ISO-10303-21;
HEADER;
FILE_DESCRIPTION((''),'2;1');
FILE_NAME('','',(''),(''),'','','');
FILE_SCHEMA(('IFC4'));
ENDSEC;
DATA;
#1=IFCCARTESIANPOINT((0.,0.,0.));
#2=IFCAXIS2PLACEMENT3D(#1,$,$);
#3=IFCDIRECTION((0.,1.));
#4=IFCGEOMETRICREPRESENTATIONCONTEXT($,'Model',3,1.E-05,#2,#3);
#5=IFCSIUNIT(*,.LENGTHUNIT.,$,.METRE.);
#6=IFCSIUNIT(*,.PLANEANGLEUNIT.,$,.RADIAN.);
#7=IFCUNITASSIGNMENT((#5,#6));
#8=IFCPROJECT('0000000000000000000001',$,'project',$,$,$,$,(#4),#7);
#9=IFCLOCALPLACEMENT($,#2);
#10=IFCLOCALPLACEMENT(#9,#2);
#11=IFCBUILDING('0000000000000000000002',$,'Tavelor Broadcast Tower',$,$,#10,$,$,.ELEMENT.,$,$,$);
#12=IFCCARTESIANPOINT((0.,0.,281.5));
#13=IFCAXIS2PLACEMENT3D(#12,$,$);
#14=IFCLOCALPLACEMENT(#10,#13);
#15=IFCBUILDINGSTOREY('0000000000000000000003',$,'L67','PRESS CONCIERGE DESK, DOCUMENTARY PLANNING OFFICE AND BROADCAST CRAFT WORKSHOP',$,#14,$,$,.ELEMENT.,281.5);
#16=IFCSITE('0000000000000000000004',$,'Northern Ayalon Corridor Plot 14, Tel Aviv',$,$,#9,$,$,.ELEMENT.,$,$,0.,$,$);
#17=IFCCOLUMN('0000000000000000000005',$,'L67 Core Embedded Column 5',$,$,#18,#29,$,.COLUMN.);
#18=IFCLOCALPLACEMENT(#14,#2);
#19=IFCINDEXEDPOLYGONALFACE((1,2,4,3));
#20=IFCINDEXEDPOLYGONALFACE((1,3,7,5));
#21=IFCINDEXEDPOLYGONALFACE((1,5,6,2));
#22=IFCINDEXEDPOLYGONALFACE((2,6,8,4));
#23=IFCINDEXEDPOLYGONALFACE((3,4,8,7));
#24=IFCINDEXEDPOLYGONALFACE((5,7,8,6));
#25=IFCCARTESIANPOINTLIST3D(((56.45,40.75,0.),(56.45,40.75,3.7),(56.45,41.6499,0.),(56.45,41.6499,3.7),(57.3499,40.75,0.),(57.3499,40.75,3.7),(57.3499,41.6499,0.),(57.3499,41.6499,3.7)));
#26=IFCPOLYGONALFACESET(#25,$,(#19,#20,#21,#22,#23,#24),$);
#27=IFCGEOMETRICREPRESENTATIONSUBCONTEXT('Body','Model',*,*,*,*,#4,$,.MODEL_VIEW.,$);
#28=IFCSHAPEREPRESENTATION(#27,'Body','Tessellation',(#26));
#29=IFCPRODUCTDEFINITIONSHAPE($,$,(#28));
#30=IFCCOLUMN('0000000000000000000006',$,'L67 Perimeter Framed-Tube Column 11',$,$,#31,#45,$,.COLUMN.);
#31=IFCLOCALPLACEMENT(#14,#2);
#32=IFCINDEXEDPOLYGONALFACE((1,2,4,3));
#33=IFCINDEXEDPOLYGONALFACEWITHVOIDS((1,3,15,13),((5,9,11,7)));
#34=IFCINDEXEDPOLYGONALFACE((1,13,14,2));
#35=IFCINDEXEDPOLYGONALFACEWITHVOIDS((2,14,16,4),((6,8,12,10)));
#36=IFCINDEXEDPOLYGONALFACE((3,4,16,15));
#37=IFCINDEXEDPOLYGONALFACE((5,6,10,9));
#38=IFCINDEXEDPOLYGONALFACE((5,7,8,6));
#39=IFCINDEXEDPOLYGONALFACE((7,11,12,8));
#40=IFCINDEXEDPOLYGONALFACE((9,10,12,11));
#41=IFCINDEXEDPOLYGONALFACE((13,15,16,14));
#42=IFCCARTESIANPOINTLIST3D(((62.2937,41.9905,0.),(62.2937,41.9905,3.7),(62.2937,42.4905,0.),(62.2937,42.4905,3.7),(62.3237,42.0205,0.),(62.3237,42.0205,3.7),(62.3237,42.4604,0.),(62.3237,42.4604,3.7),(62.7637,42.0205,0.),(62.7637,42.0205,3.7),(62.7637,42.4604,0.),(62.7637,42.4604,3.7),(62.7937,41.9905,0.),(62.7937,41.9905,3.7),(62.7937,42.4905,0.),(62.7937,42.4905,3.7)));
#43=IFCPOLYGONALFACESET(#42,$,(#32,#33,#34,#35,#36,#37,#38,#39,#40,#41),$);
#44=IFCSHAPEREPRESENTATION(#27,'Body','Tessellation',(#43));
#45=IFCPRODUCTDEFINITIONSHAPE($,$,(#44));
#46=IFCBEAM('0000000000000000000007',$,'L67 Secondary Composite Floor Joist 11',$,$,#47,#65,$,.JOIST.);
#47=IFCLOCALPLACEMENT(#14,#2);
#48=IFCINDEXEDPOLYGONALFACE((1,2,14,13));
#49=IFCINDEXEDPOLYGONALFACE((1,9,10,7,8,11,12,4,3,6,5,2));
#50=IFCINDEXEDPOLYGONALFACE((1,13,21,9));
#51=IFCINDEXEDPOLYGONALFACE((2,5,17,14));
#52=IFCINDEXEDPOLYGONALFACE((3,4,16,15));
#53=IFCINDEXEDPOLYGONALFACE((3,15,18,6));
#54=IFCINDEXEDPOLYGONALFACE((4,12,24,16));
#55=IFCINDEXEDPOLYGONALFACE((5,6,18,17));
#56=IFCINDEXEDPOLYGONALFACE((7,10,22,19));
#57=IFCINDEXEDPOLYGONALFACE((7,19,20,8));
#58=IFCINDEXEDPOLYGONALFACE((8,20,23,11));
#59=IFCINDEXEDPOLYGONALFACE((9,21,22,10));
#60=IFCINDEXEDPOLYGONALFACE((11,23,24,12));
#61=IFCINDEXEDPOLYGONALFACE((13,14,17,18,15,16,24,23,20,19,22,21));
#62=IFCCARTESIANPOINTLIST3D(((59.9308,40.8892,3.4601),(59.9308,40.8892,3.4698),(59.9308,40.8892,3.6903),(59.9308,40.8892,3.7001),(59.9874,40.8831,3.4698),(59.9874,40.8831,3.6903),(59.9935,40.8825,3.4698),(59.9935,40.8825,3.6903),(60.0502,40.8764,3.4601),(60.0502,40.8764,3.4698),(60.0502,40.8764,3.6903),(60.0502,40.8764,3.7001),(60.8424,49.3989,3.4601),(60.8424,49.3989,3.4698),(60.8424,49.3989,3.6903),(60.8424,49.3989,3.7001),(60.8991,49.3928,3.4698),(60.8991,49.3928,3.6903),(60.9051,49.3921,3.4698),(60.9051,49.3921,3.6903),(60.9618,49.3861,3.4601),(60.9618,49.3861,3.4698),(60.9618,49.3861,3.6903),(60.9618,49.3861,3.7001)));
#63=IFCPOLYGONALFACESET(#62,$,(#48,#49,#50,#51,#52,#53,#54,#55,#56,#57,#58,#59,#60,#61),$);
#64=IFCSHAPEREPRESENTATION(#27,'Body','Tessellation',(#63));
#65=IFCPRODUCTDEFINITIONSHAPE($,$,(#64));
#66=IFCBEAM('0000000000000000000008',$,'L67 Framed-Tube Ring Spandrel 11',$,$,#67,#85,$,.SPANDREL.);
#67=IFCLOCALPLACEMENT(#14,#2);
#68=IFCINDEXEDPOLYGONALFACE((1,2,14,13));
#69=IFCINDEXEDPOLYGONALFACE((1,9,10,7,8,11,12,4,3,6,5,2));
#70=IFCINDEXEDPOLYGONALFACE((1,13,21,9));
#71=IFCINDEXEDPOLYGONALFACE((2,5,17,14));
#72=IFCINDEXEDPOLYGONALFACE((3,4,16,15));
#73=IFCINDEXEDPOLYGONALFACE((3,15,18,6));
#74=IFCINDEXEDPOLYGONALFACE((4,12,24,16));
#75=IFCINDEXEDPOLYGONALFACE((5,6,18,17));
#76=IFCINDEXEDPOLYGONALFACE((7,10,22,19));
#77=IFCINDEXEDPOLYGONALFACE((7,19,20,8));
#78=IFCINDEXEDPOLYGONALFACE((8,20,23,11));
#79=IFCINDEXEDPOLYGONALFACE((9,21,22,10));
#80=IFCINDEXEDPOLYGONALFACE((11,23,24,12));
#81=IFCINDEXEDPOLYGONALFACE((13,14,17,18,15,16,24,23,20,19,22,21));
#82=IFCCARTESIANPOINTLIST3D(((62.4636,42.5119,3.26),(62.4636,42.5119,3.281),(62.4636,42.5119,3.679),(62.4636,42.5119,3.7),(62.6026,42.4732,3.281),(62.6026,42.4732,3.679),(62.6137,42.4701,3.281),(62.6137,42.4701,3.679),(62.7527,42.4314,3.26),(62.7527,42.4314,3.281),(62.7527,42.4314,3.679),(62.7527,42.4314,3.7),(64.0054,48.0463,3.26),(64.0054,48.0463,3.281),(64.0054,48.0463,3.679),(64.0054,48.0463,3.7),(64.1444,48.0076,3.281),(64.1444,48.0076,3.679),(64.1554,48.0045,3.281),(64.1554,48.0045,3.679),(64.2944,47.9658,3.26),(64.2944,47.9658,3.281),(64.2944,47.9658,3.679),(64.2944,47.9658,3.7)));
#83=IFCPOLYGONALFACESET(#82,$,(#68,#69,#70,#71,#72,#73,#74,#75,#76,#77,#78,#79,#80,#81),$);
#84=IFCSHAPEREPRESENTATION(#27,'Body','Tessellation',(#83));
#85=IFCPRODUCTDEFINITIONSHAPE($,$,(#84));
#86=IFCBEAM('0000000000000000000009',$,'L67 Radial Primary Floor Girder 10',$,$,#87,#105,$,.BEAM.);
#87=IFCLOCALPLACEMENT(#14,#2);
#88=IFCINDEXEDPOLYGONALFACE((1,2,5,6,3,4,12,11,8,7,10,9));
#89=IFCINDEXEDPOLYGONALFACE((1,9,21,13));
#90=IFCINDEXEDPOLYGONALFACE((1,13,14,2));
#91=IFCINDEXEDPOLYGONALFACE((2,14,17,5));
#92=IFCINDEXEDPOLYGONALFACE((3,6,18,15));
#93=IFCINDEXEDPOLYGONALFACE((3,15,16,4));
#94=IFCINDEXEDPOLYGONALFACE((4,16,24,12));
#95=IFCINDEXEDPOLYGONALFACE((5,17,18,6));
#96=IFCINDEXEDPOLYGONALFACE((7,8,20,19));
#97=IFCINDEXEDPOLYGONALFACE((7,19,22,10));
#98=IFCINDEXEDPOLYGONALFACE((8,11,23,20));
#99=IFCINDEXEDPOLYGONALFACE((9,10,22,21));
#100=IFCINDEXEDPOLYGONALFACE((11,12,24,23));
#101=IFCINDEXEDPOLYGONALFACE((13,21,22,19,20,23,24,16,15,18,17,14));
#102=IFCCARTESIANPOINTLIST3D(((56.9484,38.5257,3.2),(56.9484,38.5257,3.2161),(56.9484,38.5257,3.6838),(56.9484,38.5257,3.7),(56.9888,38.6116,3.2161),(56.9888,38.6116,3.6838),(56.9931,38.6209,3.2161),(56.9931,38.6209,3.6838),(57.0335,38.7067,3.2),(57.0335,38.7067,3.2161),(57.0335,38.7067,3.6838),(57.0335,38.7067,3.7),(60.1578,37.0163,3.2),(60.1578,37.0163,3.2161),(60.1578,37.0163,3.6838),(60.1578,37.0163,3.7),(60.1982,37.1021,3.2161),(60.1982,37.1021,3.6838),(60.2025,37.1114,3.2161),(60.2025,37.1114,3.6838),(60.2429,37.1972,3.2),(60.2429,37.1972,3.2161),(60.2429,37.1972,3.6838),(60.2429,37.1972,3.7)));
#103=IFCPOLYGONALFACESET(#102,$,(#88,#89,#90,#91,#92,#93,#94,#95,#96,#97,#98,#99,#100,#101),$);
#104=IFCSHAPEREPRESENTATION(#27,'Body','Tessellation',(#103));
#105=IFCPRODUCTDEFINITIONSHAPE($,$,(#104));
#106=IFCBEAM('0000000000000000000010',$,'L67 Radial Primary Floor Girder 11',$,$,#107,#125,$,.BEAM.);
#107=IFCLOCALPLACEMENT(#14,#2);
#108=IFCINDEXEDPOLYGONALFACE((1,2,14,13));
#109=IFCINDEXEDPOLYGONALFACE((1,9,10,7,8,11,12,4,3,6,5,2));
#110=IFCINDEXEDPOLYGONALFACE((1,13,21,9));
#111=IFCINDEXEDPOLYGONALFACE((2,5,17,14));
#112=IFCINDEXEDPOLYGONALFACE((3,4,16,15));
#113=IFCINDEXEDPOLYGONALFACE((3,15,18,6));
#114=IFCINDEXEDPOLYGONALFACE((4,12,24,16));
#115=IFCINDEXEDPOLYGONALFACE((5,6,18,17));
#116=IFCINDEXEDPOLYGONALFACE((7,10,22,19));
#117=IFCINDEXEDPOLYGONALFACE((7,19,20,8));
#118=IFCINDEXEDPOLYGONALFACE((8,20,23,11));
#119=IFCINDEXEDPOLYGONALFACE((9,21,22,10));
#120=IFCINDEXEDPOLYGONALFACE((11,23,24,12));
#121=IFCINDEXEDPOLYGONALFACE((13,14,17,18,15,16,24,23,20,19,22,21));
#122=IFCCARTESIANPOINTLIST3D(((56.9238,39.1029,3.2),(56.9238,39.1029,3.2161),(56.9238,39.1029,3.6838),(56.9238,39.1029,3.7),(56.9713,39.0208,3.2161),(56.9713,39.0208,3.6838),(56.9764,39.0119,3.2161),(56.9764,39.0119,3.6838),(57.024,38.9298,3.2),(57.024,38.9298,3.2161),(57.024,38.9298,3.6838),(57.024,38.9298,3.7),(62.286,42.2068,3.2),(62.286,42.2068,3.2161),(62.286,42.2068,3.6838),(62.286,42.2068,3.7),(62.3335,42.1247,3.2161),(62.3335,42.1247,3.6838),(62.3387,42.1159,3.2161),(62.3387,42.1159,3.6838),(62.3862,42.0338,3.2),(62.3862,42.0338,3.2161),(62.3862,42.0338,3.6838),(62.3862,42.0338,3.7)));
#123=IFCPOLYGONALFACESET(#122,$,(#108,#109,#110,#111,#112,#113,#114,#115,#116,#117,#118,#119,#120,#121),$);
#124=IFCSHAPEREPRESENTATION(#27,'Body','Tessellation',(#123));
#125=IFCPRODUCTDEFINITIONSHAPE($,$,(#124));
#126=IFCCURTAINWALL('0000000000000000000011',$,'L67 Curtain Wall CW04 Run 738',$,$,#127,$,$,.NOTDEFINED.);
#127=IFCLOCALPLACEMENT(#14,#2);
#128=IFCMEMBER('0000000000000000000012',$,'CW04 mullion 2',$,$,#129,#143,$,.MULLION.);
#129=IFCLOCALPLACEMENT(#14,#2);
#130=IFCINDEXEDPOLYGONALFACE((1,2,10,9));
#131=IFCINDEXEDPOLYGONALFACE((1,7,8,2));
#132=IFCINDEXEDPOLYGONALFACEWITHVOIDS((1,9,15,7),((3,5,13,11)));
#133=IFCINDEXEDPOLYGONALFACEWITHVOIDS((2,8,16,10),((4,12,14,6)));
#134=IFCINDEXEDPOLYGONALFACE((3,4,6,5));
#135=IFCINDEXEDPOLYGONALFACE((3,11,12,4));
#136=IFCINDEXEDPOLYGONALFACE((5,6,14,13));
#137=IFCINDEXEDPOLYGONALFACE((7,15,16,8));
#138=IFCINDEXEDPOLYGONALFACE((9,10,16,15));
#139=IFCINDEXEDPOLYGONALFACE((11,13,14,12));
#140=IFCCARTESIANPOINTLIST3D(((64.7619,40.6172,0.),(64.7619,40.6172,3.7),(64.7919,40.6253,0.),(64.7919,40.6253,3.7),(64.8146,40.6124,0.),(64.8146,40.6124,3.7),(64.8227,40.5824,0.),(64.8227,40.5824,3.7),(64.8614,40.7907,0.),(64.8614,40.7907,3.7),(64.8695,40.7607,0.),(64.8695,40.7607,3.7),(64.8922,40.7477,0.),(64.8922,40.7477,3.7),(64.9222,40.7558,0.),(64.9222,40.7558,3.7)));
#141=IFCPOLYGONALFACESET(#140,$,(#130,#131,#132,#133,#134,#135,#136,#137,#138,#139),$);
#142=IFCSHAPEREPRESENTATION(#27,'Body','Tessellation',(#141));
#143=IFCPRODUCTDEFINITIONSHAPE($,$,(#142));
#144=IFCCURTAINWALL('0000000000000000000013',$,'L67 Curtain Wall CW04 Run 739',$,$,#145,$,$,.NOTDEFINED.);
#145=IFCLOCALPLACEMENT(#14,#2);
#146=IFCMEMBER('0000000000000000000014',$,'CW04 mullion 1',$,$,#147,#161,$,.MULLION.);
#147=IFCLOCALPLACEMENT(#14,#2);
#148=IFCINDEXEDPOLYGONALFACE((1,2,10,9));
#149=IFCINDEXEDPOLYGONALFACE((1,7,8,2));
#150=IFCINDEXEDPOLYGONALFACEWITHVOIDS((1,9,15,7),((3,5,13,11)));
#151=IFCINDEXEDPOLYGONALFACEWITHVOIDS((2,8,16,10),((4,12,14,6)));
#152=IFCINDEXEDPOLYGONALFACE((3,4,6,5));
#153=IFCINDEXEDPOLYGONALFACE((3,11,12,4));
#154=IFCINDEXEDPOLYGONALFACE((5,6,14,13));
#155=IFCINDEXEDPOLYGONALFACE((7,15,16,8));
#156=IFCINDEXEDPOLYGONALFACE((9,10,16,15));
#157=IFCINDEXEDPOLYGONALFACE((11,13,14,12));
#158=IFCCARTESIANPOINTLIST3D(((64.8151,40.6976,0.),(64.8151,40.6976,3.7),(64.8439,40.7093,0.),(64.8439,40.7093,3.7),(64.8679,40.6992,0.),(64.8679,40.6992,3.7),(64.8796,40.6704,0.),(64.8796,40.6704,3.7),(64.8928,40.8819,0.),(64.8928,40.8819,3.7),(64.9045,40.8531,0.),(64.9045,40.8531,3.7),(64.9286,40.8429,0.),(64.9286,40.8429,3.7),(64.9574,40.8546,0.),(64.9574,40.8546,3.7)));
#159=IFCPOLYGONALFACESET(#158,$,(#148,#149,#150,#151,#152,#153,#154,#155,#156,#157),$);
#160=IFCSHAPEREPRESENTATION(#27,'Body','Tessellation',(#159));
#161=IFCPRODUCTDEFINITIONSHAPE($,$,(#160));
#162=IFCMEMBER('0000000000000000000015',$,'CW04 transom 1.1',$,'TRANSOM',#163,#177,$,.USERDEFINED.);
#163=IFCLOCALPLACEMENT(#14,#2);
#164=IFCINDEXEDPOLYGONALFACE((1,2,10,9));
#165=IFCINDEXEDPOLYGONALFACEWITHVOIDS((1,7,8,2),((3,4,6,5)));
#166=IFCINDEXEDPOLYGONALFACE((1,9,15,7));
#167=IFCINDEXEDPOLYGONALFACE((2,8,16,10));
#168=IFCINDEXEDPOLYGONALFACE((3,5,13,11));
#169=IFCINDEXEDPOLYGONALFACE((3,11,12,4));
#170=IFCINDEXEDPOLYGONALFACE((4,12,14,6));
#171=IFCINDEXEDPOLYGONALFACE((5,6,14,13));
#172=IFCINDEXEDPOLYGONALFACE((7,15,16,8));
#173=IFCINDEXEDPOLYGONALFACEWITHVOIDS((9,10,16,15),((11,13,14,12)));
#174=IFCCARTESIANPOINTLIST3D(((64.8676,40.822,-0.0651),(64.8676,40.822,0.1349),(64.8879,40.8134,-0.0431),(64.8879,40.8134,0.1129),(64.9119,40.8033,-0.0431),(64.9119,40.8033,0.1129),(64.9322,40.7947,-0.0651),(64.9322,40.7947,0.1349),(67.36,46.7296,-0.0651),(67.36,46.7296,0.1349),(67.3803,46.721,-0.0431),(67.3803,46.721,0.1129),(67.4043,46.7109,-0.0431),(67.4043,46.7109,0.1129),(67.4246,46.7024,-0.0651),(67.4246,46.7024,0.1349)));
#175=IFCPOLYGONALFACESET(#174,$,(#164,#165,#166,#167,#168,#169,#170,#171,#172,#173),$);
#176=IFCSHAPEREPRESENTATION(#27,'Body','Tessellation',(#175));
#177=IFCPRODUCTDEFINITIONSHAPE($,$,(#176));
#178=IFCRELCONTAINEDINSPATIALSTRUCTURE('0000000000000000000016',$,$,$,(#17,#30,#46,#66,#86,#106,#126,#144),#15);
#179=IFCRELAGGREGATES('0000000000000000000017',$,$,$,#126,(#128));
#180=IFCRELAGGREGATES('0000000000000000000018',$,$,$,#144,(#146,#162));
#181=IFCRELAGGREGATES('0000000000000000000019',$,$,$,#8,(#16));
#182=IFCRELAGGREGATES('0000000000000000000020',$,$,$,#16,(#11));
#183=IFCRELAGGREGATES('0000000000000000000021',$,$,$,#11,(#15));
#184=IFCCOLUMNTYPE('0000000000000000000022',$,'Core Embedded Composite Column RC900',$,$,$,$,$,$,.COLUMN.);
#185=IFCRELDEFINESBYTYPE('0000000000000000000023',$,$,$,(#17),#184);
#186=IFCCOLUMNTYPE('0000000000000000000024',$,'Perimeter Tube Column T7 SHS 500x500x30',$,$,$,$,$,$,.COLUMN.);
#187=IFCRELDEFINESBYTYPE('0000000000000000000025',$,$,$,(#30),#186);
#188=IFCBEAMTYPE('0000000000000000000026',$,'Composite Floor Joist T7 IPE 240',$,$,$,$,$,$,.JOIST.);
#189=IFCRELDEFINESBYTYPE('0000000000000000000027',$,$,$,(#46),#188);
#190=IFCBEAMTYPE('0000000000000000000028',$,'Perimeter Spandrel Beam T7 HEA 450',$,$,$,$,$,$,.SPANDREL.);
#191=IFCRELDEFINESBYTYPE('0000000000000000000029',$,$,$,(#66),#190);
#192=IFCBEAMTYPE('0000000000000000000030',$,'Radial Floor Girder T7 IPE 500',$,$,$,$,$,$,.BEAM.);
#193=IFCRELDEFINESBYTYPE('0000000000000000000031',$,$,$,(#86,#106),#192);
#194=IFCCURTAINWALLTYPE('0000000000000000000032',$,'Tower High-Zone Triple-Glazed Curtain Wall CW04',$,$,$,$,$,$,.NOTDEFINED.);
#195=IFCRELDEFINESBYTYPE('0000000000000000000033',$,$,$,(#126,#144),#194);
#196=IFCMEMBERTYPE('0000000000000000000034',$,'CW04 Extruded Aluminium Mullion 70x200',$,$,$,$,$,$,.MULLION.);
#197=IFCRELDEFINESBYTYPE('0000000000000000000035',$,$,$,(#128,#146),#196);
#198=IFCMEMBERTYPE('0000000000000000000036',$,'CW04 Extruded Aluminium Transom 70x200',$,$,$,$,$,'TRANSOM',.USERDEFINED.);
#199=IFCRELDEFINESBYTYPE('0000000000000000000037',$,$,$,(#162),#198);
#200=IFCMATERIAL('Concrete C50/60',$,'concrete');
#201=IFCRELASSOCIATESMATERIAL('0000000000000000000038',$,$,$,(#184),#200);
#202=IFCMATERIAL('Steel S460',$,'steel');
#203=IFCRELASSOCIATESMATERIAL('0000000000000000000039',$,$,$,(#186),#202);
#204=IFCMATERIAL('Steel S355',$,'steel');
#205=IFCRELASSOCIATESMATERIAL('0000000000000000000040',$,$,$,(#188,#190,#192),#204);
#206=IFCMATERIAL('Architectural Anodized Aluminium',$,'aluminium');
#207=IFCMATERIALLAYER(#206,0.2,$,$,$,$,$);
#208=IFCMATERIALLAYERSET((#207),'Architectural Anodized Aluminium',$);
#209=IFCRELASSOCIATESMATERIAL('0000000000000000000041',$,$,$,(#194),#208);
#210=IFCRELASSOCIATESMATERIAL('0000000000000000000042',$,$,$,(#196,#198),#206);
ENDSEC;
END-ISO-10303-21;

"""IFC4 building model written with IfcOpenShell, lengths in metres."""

from ifc_helpers import new_model, si_unit, direction, frame, origin, origin_2d, place, context, subcontext, project, spatial, rectangle, hollow_rectangle, i_section, extrude, source, transform, mapped, material, layer, layer_set, material_profile, profile_set, type_object, type_shapes, element, aggregate, save


model = new_model("IFC4")

# Units and contexts
model_context = context("Model", 3, precision=1e-05, world=origin(), true_north=direction((0.0, 1.0)))
body_context = subcontext(model_context, "Body", "Model", "MODEL_VIEW")
ifc_project = project(units=[si_unit("LENGTHUNIT", "METRE"), si_unit("PLANEANGLEUNIT", "RADIAN")], contexts=[model_context])

# Site, building, storey
site_placement = place(None, origin())
site = spatial("IfcSite", under=ifc_project, at=site_placement, Name="Northern Ayalon Corridor Plot 14, Tel Aviv", CompositionType="ELEMENT", RefElevation=0.0)
building_placement = place(site_placement, origin())
building = spatial("IfcBuilding", under=site, at=building_placement, Name="Tavelor Broadcast Tower", CompositionType="ELEMENT")
storey_placement = place(building_placement, frame((0.0, 0.0, 281.5)))
storey = spatial("IfcBuildingStorey", under=building, at=storey_placement, Name="L67", Description="PRESS CONCIERGE DESK, DOCUMENTARY PLANNING OFFICE AND BROADCAST CRAFT WORKSHOP", CompositionType="ELEMENT", Elevation=281.5)

# Columns
ifc_material_1 = material(Name="Concrete C50/60", Category="concrete")
ifc_material_profile_1 = material_profile(ifc_material_1, rectangle(XDim=0.8999, YDim=0.8999, at=origin_2d()), Name="RC 900x900")
ifc_profile_set_1 = profile_set([ifc_material_profile_1], Name="Concrete C50/60")
column_type_1 = type_object("IfcColumnType", Name="Core Embedded Composite Column RC900", PredefinedType="COLUMN", material=ifc_profile_set_1)
column_1_placement = place(storey_placement, frame((56.8999, 41.2, 0.0), z_axis=(0.0, 0.0, 1.0), x_axis=(1.0, 0.0, 0.0)))
element("IfcColumn", 1, at=column_1_placement, inside=storey, type_object=column_type_1, Name="L67 Core Embedded Column 5", PredefinedType="COLUMN", context=body_context, shape_type="SweptSolid", body=[
    extrude(rectangle(XDim=0.8999, YDim=0.8999, at=origin_2d()), origin(), (0.0, 0.0, 1.0), 3.7),
])
ifc_material_2 = material(Name="Steel S460", Category="steel")
ifc_material_profile_2 = material_profile(ifc_material_2, hollow_rectangle(XDim=0.5, YDim=0.5, WallThickness=0.03, at=origin_2d()), Name="SHS 500x500x30")
ifc_profile_set_2 = profile_set([ifc_material_profile_2], Name="Steel S460")
column_type_2 = type_object("IfcColumnType", Name="Perimeter Tube Column T7 SHS 500x500x30", PredefinedType="COLUMN", material=ifc_profile_set_2)
column_2_placement = place(storey_placement, frame((62.5437, 42.2405, 0.0), z_axis=(0.0, 0.0, 1.0), x_axis=(1.0, 0.0, 0.0)))
element("IfcColumn", 2, at=column_2_placement, inside=storey, type_object=column_type_2, Name="L67 Perimeter Framed-Tube Column 11", PredefinedType="COLUMN", context=body_context, shape_type="SweptSolid", body=[
    extrude(hollow_rectangle(XDim=0.5, YDim=0.5, WallThickness=0.03, at=origin_2d()), origin(), (0.0, 0.0, 1.0), 3.7),
])

# Beams
ifc_material_3 = material(Name="Steel S355", Category="steel")
ifc_material_profile_3 = material_profile(ifc_material_3, i_section(OverallWidth=0.1201, OverallDepth=0.24, WebThickness=0.0061, FlangeThickness=0.0098, at=origin_2d()), Name="IPE 240")
ifc_profile_set_3 = profile_set([ifc_material_profile_3], Name="Steel S355")
beam_type_1 = type_object("IfcBeamType", Name="Composite Floor Joist T7 IPE 240", PredefinedType="JOIST", material=ifc_profile_set_3)
beam_1_placement = place(storey_placement, frame((59.9905, 40.8828, 3.5801), z_axis=(0.106517, 0.994311, 0.0), x_axis=(-0.994311, 0.106517, 0.0)))
element("IfcBeam", 3, at=beam_1_placement, inside=storey, type_object=beam_type_1, Name="L67 Secondary Composite Floor Joist 11", PredefinedType="JOIST", context=body_context, shape_type="SweptSolid", body=[
    extrude(i_section(OverallWidth=0.1201, OverallDepth=0.24, WebThickness=0.0061, FlangeThickness=0.0098, at=origin_2d()), origin(), (0.0, 0.0, 1.0), 8.5583),
])
ifc_material_profile_4 = material_profile(ifc_material_3, i_section(OverallWidth=0.3, OverallDepth=0.4399, WebThickness=0.0115, FlangeThickness=0.021, at=origin_2d()), Name="HEA 450")
ifc_profile_set_4 = profile_set([ifc_material_profile_4], Name="Steel S355")
beam_type_2 = type_object("IfcBeamType", Name="Perimeter Spandrel Beam T7 HEA 450", PredefinedType="SPANDREL", material=ifc_profile_set_4)
beam_2_placement = place(storey_placement, frame((62.6082, 42.4717, 3.48), z_axis=(0.268356, 0.96332, 0.0), x_axis=(-0.96332, 0.268356, 0.0)))
element("IfcBeam", 4, at=beam_2_placement, inside=storey, type_object=beam_type_2, Name="L67 Framed-Tube Ring Spandrel 11", PredefinedType="SPANDREL", context=body_context, shape_type="SweptSolid", body=[
    extrude(i_section(OverallWidth=0.3, OverallDepth=0.4399, WebThickness=0.0115, FlangeThickness=0.021, at=origin_2d()), origin(), (0.0, 0.0, 1.0), 5.7451),
])
ifc_material_profile_5 = material_profile(ifc_material_3, i_section(OverallWidth=0.2, OverallDepth=0.5, WebThickness=0.0103, FlangeThickness=0.0161, at=origin_2d()), Name="IPE 500")
ifc_profile_set_5 = profile_set([ifc_material_profile_5], Name="Steel S355")
beam_type_3 = type_object("IfcBeamType", Name="Radial Floor Girder T7 IPE 500", PredefinedType="BEAM", material=ifc_profile_set_5)
beam_3_placement = place(storey_placement, frame((56.991, 38.6162, 3.45), z_axis=(0.904908, -0.425608, 0.0), x_axis=(0.425608, 0.904908, 0.0)))
element("IfcBeam", 5, at=beam_3_placement, inside=storey, type_object=beam_type_3, Name="L67 Radial Primary Floor Girder 10", PredefinedType="BEAM", context=body_context, shape_type="SweptSolid", body=[
    extrude(i_section(OverallWidth=0.2, OverallDepth=0.5, WebThickness=0.0103, FlangeThickness=0.0161, at=origin_2d()), origin(), (0.0, 0.0, 1.0), 3.5466),
])
beam_4_placement = place(storey_placement, frame((56.9739, 39.0164, 3.45), z_axis=(0.86546, 0.500977, 0.0), x_axis=(-0.500977, 0.86546, 0.0)))
element("IfcBeam", 6, at=beam_4_placement, inside=storey, type_object=beam_type_3, Name="L67 Radial Primary Floor Girder 11", PredefinedType="BEAM", context=body_context, shape_type="SweptSolid", body=[
    extrude(i_section(OverallWidth=0.2, OverallDepth=0.5, WebThickness=0.0103, FlangeThickness=0.0161, at=origin_2d()), origin(), (0.0, 0.0, 1.0), 6.1958),
])

# Curtain wall, member
ifc_material_4 = material(Name="Architectural Anodized Aluminium", Category="aluminium")
ifc_layer_1 = layer(ifc_material_4, 0.2)
ifc_layer_set_1 = layer_set([ifc_layer_1], Name="Architectural Anodized Aluminium")
curtain_wall_type = type_object("IfcCurtainWallType", Name="Tower High-Zone Triple-Glazed Curtain Wall CW04", PredefinedType="NOTDEFINED", material=ifc_layer_set_1)
curtain_wall_1_placement = place(storey_placement, origin())
curtain_wall_1 = element("IfcCurtainWall", 7, at=curtain_wall_1_placement, inside=storey, type_object=curtain_wall_type, Name="L67 Curtain Wall CW04 Run 738", PredefinedType="NOTDEFINED")
ifc_material_profile_6 = material_profile(ifc_material_4, hollow_rectangle(XDim=0.0701, YDim=0.2, WallThickness=0.022, at=origin_2d()), Name="RHS 70x200x22")
ifc_profile_set_6 = profile_set([ifc_material_profile_6], Name="Architectural Anodized Aluminium")
member_type_1 = type_object("IfcMemberType", Name="CW04 Extruded Aluminium Mullion 70x200", PredefinedType="MULLION", material=ifc_profile_set_6)
shared_shape_1 = source(origin(), body_context, "Body", "SweptSolid", [
    extrude(hollow_rectangle(XDim=0.0701, YDim=0.2, WallThickness=0.022, at=origin_2d()), origin(), (0.0, 0.0, 1.0), 3.7),
])
type_shapes(member_type_1, [shared_shape_1])
member_1_placement = place(storey_placement, frame((64.842, 40.6865, 0.0), z_axis=(0.0, 0.0, 1.0), x_axis=(-0.867543, 0.497363, 0.0)))
member_1 = element("IfcMember", 8, at=member_1_placement, type_object=member_type_1, Name="CW04 mullion 2", PredefinedType="MULLION", context=body_context, shape_type="MappedRepresentation", body=[
    mapped(shared_shape_1, transform((0.0, 0.0, 0.0), scale=1.0)),
])
aggregate(curtain_wall_1, [member_1])

# Curtain wall, members
curtain_wall_2_placement = place(storey_placement, origin())
curtain_wall_2 = element("IfcCurtainWall", 9, at=curtain_wall_2_placement, inside=storey, type_object=curtain_wall_type, Name="L67 Curtain Wall CW04 Run 739", PredefinedType="NOTDEFINED")
member_2_placement = place(storey_placement, frame((64.8862, 40.7761, 0.0), z_axis=(0.0, 0.0, 1.0), x_axis=(-0.921355, 0.388722, 0.0)))
member_2 = element("IfcMember", 10, at=member_2_placement, type_object=member_type_1, Name="CW04 mullion 1", PredefinedType="MULLION", context=body_context, shape_type="MappedRepresentation", body=[
    mapped(shared_shape_1, transform((0.0, 0.0, 0.0), scale=1.0)),
])
ifc_material_profile_7 = material_profile(ifc_material_4, hollow_rectangle(XDim=0.0701, YDim=0.2, WallThickness=0.022, at=origin_2d()), Name="RHS 70x200x22")
ifc_profile_set_7 = profile_set([ifc_material_profile_7], Name="Architectural Anodized Aluminium")
member_type_2 = type_object("IfcMemberType", Name="CW04 Extruded Aluminium Transom 70x200", ElementType="TRANSOM", PredefinedType="USERDEFINED", material=ifc_profile_set_7)
shared_shape_2 = source(origin(), body_context, "Body", "SweptSolid", [
    extrude(hollow_rectangle(XDim=0.0701, YDim=0.2, WallThickness=0.022, at=origin_2d()), origin(), (0.0, 0.0, 1.0), 6.4119),
])
type_shapes(member_type_2, [shared_shape_2])
member_3_placement = place(storey_placement, frame((64.8999, 40.8083, 0.0349), z_axis=(0.388716, 0.921358, 0.0), x_axis=(-0.921358, 0.388716, 0.0)))
member_3 = element("IfcMember", 11, at=member_3_placement, type_object=member_type_2, Name="CW04 transom 1.1", ObjectType="TRANSOM", PredefinedType="USERDEFINED", context=body_context, shape_type="MappedRepresentation", body=[
    mapped(shared_shape_2, transform((0.0, 0.0, 0.0), scale=1.0)),
])

aggregate(curtain_wall_2, [member_2, member_3])

save(model, "model.ifc")
